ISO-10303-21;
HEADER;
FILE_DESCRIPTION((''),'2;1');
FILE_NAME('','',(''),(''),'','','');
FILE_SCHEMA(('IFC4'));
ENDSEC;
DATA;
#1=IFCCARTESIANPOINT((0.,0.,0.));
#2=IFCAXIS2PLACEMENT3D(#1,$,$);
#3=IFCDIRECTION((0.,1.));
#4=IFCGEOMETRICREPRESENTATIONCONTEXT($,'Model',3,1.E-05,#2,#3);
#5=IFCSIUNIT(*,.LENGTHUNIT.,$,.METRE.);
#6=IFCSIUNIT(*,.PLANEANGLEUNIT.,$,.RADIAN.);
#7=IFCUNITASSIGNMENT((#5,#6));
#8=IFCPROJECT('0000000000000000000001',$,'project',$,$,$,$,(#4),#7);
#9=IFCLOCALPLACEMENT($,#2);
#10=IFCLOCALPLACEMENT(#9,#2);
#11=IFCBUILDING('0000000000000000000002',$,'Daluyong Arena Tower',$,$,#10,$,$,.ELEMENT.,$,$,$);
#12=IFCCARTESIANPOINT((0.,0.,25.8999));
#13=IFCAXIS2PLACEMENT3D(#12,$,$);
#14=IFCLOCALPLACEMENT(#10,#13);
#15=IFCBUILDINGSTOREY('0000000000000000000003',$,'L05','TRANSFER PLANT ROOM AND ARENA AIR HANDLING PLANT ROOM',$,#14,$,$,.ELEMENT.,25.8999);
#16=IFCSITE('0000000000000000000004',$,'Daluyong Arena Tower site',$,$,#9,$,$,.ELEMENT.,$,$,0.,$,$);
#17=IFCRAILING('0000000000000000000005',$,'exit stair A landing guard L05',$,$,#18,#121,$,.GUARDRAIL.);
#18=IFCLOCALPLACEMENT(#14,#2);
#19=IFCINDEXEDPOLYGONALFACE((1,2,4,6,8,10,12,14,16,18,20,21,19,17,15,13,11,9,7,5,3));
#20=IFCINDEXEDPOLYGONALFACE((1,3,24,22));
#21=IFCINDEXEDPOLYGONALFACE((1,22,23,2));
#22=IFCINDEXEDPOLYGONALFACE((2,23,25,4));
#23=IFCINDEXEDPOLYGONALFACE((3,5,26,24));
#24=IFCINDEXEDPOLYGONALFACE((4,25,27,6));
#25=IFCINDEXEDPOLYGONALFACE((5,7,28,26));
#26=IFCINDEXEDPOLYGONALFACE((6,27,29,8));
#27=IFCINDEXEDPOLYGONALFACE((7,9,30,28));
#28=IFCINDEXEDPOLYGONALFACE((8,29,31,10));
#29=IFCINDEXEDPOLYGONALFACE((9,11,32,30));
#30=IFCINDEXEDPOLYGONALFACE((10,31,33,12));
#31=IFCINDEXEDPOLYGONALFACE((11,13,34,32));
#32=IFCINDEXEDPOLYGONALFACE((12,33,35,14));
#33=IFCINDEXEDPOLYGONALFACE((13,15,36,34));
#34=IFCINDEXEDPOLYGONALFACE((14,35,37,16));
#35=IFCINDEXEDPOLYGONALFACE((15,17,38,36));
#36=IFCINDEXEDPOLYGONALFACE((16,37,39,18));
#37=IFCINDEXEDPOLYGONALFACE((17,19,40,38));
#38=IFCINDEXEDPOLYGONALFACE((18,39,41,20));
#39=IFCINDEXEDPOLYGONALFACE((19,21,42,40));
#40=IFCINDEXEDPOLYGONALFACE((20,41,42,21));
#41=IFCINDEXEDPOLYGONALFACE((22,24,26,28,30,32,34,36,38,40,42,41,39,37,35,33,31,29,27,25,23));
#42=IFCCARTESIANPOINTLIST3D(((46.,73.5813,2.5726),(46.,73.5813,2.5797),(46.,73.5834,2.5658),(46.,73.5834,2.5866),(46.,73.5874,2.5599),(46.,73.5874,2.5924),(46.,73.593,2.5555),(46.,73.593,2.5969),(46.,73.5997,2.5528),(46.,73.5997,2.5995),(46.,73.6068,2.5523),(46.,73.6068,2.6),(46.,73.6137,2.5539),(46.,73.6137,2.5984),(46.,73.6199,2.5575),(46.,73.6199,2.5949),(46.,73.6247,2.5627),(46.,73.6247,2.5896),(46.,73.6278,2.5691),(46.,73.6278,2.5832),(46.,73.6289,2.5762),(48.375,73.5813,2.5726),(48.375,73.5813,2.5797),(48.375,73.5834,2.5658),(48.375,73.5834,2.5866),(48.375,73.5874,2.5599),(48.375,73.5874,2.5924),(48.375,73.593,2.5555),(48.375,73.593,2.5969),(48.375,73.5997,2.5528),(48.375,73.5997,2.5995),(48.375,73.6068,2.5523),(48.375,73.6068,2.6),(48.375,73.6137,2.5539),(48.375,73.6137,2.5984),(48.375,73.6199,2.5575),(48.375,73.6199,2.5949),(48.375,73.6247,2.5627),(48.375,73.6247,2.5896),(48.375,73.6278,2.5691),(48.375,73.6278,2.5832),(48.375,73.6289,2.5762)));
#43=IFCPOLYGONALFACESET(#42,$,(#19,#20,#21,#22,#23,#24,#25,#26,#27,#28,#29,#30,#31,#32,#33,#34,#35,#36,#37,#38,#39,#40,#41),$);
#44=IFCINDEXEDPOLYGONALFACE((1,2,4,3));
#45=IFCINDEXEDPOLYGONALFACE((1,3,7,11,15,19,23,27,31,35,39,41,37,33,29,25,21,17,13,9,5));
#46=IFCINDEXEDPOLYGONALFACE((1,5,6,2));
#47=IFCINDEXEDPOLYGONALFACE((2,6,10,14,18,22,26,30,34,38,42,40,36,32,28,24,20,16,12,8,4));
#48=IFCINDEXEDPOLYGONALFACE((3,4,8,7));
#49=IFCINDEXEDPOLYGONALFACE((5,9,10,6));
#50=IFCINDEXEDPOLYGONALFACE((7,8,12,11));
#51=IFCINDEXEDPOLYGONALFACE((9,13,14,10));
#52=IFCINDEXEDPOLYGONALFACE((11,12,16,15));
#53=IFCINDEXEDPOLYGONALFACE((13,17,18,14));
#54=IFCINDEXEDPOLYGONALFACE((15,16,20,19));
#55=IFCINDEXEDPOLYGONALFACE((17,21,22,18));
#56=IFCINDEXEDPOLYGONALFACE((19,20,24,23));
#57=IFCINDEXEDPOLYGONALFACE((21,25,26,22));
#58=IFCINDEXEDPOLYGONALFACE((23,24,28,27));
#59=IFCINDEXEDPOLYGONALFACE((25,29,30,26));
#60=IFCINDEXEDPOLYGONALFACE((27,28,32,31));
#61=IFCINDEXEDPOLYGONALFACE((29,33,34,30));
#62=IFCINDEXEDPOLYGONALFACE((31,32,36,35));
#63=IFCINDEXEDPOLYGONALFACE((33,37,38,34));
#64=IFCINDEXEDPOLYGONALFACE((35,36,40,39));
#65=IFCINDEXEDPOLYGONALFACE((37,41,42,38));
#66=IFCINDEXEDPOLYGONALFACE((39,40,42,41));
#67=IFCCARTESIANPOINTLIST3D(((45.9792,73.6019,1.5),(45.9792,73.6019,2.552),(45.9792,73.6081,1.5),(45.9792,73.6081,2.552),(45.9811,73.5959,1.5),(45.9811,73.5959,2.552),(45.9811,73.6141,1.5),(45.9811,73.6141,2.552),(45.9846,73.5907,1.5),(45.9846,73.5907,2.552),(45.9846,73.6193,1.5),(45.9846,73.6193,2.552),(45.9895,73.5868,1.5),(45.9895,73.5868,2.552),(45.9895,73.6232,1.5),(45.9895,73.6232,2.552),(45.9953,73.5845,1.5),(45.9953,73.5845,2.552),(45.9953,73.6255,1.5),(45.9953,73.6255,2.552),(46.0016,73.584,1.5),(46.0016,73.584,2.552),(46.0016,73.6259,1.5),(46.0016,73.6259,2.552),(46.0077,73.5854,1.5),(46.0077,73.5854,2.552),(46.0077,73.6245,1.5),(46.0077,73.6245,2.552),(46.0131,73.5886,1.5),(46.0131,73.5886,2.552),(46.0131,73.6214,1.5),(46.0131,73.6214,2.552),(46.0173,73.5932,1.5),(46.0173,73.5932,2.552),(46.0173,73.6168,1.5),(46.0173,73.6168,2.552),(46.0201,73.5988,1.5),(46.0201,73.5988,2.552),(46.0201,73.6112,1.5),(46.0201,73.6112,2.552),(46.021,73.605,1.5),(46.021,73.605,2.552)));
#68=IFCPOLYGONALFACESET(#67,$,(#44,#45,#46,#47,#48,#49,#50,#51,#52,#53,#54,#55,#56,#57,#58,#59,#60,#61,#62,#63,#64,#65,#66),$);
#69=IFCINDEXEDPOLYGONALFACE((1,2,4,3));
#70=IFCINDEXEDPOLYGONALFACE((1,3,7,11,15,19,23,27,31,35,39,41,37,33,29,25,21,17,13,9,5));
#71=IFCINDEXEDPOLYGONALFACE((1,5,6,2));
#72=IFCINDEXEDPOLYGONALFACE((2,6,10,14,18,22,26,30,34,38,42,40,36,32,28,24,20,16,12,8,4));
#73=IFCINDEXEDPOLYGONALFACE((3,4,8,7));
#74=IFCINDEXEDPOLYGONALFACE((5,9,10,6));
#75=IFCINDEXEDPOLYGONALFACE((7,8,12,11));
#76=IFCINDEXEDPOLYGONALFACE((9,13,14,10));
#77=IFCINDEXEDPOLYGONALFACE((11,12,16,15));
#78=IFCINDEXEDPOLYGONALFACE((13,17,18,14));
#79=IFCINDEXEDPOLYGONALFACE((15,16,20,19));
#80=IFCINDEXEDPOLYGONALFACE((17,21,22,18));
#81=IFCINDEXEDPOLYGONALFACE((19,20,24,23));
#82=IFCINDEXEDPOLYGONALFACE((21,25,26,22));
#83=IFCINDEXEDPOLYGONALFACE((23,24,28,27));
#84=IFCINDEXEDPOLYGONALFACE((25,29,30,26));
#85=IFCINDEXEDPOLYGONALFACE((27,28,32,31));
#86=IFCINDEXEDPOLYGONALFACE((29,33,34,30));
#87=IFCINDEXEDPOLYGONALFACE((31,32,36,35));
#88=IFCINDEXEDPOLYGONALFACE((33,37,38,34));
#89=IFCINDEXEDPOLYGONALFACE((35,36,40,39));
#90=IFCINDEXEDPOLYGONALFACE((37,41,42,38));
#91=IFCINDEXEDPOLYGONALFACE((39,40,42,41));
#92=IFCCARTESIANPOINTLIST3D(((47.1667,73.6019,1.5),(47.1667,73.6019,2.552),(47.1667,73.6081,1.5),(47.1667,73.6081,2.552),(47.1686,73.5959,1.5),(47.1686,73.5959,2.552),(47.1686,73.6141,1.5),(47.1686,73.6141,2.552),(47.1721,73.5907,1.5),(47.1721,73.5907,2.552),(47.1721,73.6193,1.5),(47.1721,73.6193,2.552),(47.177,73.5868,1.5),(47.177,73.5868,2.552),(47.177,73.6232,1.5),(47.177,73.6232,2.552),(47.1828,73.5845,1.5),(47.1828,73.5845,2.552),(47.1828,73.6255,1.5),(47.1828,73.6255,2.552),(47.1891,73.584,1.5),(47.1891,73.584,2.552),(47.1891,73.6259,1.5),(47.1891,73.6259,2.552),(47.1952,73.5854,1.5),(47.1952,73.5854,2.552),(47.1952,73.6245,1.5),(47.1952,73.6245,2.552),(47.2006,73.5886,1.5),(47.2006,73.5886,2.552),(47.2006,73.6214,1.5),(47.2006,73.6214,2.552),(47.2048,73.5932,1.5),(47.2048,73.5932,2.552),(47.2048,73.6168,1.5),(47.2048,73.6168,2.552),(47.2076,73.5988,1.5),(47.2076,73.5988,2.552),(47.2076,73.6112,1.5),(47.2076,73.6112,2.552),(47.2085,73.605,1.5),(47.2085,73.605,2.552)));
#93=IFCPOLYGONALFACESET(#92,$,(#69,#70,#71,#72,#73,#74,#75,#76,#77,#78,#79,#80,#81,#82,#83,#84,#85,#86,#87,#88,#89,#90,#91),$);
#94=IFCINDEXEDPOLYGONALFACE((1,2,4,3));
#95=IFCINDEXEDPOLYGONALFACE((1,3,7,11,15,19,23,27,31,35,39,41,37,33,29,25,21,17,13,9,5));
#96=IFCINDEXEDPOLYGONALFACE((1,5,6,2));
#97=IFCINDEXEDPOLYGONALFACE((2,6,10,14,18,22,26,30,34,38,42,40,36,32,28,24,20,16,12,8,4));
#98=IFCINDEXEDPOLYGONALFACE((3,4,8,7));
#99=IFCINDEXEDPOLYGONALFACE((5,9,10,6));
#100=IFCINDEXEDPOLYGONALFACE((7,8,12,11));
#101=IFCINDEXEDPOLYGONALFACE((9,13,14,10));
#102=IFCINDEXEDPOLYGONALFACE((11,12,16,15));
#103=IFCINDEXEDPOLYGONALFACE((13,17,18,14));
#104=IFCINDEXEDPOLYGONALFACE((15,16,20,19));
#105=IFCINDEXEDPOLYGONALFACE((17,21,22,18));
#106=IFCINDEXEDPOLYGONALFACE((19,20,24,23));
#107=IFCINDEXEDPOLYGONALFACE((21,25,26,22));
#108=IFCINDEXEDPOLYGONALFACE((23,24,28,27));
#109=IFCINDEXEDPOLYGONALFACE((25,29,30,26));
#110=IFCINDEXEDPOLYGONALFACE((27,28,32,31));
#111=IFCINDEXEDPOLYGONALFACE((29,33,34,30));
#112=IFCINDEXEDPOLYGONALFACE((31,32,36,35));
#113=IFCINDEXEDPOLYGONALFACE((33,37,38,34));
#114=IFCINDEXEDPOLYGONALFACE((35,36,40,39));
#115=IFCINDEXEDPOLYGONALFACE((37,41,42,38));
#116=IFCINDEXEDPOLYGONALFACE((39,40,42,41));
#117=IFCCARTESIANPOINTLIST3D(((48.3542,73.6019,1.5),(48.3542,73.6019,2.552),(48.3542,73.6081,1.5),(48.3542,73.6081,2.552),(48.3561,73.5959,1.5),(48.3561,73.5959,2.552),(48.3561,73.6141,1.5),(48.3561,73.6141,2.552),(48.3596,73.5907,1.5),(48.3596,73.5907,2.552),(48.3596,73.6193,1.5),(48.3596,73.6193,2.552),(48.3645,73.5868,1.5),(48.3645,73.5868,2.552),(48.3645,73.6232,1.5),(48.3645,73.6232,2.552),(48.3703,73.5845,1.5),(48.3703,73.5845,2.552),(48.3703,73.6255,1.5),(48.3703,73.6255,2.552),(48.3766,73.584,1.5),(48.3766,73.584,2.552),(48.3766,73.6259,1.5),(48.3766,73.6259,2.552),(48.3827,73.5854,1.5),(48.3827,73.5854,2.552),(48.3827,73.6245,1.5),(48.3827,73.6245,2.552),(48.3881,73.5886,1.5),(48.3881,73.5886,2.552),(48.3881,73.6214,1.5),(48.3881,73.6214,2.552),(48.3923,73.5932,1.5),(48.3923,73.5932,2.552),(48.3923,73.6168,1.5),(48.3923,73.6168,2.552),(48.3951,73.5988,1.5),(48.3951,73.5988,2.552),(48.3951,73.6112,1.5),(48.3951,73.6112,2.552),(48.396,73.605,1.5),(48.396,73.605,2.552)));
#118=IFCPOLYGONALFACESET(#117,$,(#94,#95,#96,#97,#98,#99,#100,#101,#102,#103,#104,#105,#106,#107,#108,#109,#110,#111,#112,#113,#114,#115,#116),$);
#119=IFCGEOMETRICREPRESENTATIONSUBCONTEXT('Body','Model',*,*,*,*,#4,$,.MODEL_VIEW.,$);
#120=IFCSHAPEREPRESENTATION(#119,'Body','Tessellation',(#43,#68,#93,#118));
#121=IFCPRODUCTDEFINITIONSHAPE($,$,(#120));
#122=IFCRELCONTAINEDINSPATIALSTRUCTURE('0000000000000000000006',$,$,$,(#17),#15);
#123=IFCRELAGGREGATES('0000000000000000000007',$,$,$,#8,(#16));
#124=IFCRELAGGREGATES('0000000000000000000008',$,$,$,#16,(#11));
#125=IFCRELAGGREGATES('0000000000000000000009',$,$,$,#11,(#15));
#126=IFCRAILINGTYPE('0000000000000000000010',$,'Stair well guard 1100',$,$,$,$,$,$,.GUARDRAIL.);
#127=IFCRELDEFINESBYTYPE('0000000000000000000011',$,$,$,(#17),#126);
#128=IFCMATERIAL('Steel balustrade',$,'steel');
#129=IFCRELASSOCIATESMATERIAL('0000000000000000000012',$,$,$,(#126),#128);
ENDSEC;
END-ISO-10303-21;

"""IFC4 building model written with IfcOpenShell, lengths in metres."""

from ifc_helpers import new_model, si_unit, direction, frame, origin, origin_2d, place, context, subcontext, project, spatial, circle, extrude, material, type_object, element, save


model = new_model("IFC4")

# Units and contexts
model_context = context("Model", 3, precision=1e-05, world=origin(), true_north=direction((0.0, 1.0)))
body_context = subcontext(model_context, "Body", "Model", "MODEL_VIEW")
ifc_project = project(units=[si_unit("LENGTHUNIT", "METRE"), si_unit("PLANEANGLEUNIT", "RADIAN")], contexts=[model_context])

# Site, building, storey
site_placement = place(None, origin())
site = spatial("IfcSite", under=ifc_project, at=site_placement, Name="Daluyong Arena Tower site", CompositionType="ELEMENT", RefElevation=0.0)
building_placement = place(site_placement, origin())
building = spatial("IfcBuilding", under=site, at=building_placement, Name="Daluyong Arena Tower", CompositionType="ELEMENT")
storey_placement = place(building_placement, frame((0.0, 0.0, 25.8999)))
storey = spatial("IfcBuildingStorey", under=building, at=storey_placement, Name="L05", Description="TRANSFER PLANT ROOM AND ARENA AIR HANDLING PLANT ROOM", CompositionType="ELEMENT", Elevation=25.8999)

# Railing
ifc_material_1 = material(Name="Steel balustrade", Category="steel")
railing_type = type_object("IfcRailingType", Name="Stair well guard 1100", PredefinedType="GUARDRAIL", material=ifc_material_1)
railing_placement = place(storey_placement, frame((46.0, 73.605, 1.5)))
element("IfcRailing", 1, at=railing_placement, inside=storey, type_object=railing_type, Name="exit stair A landing guard L05", PredefinedType="GUARDRAIL", context=body_context, shape_type="SweptSolid", body=[
    extrude(circle(Radius=0.0239, at=origin_2d()), frame((0.0, 0.0, 1.0762), z_axis=(1.0, 0.0, 0.0), x_axis=(0.0, 1.0, 0.0)), (0.0, 0.0, 1.0), 2.375),
    extrude(circle(Radius=0.021, at=origin_2d()), origin(), (0.0, 0.0, 1.0), 1.052),
    extrude(circle(Radius=0.021, at=origin_2d()), frame((1.1875, 0.0, 0.0)), (0.0, 0.0, 1.0), 1.052),
    extrude(circle(Radius=0.021, at=origin_2d()), frame((2.375, 0.0, 0.0)), (0.0, 0.0, 1.0), 1.052),
])

save(model, "model.ifc")
